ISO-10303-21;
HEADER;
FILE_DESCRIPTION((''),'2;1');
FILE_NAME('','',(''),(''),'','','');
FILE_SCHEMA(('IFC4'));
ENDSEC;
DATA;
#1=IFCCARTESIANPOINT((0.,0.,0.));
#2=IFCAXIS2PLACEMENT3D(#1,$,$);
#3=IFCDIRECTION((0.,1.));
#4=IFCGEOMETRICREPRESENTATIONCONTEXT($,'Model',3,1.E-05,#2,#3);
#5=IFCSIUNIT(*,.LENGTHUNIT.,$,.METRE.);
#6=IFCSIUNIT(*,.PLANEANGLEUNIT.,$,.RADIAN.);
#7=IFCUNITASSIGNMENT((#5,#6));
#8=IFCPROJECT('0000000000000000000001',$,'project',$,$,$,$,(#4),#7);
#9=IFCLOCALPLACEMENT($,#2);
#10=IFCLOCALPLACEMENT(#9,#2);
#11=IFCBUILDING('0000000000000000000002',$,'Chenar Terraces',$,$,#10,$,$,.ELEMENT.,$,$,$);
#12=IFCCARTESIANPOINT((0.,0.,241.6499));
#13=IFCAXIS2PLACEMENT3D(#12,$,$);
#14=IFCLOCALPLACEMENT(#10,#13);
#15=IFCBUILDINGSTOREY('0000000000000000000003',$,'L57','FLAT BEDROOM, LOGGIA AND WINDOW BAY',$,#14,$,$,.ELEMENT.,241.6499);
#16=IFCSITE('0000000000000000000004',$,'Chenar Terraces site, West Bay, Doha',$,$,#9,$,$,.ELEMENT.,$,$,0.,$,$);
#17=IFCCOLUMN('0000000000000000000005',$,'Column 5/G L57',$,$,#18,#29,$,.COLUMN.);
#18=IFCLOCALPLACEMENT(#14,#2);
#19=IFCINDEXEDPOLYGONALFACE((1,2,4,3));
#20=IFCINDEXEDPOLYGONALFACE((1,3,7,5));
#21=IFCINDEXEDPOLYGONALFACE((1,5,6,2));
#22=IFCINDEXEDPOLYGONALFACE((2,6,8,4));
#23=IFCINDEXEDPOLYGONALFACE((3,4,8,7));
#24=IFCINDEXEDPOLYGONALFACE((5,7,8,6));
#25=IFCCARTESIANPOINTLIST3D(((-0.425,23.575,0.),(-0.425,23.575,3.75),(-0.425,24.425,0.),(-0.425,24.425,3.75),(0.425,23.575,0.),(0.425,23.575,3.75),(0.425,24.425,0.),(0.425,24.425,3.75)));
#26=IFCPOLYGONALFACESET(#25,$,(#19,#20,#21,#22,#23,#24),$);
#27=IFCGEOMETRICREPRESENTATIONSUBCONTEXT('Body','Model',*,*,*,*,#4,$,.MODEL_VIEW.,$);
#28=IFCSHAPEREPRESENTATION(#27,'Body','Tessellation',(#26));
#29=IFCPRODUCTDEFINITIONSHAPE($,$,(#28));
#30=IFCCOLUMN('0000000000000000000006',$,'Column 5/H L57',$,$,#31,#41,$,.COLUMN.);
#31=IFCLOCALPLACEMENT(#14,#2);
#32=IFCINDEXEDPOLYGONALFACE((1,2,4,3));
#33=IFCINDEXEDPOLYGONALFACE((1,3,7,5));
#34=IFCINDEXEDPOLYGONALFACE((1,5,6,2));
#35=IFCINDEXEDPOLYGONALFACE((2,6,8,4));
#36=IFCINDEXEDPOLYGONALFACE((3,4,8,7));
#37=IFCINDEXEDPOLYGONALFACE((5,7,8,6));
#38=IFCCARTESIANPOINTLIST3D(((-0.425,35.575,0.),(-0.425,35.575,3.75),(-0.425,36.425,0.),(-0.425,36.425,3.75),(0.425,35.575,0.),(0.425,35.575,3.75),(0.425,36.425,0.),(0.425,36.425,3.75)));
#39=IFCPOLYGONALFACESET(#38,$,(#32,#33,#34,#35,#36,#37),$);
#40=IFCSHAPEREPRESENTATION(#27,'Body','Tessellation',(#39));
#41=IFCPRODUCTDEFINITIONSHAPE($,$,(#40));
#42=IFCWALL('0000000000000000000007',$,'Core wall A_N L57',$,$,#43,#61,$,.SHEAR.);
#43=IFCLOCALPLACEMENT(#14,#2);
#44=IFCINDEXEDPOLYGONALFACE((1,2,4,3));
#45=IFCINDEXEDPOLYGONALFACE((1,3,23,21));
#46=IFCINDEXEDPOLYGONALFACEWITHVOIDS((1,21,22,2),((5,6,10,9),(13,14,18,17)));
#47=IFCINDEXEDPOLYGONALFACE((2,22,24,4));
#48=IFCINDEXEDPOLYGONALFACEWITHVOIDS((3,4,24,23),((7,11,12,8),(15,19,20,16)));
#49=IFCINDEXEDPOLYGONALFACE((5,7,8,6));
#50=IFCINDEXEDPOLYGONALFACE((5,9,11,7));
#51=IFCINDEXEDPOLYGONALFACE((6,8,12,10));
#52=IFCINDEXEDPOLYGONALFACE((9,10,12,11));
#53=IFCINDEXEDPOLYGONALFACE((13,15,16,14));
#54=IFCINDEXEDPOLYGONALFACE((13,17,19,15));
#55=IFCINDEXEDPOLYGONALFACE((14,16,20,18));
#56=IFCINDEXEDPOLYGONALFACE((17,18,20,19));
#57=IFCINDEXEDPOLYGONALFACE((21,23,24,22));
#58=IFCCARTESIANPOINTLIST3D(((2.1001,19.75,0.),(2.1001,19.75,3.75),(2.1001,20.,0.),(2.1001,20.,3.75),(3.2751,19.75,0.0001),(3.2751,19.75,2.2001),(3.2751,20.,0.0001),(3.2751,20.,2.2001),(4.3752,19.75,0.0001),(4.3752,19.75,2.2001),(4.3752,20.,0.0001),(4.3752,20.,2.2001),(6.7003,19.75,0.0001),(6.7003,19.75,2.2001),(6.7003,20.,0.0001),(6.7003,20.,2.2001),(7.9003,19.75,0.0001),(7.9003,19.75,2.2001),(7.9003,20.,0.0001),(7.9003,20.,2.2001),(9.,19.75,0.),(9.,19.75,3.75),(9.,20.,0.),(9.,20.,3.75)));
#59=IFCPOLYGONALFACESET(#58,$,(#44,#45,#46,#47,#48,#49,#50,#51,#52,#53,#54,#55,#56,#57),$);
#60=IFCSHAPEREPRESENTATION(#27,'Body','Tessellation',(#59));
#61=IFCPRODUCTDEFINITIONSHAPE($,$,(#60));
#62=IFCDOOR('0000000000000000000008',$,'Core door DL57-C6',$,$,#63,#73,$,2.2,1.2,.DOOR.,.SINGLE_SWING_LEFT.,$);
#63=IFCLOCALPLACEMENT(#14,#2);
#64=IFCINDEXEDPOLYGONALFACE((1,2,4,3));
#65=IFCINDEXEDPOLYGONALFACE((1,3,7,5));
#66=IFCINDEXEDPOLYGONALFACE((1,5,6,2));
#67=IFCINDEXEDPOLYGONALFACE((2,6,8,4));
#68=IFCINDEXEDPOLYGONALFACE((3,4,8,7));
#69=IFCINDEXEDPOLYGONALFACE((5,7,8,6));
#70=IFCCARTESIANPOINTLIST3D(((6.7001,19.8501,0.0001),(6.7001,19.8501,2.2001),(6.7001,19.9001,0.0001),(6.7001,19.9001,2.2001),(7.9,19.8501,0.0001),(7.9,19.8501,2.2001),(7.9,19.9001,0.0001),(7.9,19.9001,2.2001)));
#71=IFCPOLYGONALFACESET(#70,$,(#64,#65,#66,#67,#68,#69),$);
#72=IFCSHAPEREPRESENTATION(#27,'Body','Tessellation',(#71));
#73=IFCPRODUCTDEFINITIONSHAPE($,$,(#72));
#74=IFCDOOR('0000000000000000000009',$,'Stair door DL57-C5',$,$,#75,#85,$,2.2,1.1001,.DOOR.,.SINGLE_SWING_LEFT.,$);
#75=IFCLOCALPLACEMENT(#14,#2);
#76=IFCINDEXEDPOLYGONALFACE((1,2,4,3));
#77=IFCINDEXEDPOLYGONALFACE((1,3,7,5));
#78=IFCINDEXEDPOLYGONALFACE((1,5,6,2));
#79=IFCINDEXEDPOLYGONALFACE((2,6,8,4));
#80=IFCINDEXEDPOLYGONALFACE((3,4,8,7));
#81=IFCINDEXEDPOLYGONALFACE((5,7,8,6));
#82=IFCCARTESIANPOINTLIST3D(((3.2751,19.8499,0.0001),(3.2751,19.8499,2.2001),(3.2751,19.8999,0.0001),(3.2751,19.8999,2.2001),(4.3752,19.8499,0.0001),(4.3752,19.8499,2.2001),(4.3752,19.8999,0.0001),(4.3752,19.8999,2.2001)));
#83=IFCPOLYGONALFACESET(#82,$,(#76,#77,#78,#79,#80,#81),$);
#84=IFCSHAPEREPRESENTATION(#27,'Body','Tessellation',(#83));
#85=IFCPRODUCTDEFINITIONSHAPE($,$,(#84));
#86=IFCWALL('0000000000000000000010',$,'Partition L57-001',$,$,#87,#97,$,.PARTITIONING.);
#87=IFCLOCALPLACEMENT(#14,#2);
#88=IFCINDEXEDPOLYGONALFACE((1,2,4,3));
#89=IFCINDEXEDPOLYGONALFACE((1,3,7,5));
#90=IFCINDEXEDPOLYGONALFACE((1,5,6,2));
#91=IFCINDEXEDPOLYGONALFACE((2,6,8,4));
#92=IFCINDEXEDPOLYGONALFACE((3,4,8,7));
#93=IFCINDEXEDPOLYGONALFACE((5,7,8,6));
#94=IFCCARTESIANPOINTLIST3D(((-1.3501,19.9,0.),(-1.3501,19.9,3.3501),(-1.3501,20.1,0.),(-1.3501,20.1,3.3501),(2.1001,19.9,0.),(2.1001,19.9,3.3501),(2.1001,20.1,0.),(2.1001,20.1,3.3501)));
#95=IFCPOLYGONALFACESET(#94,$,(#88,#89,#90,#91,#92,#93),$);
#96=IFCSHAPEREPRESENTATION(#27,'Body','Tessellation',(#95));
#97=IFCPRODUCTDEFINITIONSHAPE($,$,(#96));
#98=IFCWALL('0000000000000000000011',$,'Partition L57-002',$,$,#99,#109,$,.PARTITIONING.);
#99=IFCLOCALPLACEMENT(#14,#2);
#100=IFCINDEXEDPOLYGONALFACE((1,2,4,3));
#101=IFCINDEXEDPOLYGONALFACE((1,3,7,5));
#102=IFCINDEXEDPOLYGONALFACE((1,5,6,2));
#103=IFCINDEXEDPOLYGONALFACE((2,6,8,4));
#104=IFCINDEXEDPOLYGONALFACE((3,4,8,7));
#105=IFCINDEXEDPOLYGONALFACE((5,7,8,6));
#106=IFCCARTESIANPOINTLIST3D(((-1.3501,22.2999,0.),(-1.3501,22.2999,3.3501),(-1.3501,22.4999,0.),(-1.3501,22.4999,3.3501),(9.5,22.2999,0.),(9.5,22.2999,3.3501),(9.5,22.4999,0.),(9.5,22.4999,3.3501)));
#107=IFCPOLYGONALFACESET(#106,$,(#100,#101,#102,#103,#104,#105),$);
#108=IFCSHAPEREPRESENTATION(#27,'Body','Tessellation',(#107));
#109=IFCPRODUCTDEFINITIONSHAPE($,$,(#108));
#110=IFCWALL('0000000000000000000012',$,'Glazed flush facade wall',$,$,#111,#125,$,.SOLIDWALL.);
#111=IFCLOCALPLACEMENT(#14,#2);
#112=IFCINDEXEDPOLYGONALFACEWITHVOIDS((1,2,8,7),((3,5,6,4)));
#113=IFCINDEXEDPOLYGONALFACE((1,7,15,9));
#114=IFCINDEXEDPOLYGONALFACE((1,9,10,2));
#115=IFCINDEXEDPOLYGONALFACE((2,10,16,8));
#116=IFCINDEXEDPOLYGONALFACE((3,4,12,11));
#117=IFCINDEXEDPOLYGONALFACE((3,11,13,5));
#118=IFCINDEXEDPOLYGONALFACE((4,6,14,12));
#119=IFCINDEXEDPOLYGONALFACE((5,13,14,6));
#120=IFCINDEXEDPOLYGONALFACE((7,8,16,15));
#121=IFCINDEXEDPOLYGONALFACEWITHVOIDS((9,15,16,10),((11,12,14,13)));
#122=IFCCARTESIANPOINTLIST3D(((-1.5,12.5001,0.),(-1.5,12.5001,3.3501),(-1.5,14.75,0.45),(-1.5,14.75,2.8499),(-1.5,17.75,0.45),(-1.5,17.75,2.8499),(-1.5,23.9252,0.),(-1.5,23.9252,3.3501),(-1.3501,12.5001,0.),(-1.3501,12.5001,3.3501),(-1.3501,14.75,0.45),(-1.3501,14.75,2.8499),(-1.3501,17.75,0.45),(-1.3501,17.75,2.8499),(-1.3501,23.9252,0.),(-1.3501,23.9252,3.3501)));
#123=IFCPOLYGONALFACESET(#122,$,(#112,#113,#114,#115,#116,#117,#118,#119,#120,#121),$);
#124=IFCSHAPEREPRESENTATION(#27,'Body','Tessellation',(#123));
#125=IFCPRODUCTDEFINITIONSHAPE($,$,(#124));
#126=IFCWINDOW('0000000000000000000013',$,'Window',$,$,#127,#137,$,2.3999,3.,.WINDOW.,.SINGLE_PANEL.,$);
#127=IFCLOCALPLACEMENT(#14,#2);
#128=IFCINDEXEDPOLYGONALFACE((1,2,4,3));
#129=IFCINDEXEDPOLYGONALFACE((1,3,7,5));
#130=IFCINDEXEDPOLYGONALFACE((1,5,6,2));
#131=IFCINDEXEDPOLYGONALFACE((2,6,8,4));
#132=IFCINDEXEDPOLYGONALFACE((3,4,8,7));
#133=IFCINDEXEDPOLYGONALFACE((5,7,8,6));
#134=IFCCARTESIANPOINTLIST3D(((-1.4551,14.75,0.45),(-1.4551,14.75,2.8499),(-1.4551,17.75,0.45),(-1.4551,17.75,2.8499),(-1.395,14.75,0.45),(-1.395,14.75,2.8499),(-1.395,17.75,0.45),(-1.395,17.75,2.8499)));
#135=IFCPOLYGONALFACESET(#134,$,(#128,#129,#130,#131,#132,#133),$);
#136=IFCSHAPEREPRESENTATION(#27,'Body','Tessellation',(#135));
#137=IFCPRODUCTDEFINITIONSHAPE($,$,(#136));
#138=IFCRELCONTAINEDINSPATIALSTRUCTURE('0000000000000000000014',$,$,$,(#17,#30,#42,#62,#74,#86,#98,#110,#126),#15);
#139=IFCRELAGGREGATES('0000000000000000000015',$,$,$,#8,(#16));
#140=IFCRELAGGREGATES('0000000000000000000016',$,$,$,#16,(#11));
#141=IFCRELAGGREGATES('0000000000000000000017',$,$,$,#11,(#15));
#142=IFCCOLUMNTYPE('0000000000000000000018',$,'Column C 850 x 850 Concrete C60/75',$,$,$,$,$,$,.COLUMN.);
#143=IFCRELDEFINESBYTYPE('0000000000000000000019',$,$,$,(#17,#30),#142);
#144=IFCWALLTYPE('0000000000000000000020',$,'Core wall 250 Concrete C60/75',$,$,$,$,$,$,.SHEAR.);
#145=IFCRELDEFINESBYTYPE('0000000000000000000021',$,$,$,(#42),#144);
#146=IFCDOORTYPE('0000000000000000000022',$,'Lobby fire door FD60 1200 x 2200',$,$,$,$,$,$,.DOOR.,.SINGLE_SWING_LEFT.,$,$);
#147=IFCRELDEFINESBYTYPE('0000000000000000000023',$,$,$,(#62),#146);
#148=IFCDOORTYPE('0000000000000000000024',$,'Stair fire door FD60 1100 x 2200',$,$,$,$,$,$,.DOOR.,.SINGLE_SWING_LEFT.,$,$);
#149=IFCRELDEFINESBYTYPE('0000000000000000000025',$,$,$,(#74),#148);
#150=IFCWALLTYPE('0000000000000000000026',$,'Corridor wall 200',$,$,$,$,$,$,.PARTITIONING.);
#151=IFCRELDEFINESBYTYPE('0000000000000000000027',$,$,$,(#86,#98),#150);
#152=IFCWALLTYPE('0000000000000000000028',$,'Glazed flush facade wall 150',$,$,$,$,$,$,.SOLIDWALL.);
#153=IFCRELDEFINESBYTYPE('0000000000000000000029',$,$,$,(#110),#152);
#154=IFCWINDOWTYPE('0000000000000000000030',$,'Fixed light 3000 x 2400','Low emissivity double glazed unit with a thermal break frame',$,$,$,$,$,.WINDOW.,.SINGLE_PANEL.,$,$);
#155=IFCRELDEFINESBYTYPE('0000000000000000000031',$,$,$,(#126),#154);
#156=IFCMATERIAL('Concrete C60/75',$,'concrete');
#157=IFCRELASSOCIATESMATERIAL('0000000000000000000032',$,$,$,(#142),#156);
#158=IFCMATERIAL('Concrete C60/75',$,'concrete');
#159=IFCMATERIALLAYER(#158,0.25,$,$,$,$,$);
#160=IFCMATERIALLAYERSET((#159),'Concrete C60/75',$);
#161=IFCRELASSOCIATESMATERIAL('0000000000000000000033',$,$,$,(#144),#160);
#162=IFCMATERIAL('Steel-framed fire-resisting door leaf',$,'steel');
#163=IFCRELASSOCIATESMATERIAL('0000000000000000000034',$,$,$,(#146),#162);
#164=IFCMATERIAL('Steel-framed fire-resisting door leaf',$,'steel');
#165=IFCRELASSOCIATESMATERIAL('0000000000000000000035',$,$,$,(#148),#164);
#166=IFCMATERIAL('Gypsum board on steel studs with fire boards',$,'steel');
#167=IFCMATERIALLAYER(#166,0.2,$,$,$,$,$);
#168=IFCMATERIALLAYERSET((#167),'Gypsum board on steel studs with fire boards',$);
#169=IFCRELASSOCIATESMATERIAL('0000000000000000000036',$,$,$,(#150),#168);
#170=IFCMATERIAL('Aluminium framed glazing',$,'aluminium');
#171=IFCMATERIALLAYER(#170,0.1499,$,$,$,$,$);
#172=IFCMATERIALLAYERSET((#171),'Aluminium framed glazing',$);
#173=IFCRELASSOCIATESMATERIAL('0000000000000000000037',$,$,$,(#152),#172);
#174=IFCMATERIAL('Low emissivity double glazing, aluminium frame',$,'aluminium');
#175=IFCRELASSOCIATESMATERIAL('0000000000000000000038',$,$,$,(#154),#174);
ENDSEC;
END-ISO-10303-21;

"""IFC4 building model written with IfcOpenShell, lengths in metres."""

from ifc_helpers import new_model, si_unit, direction, frame, frame_2d, origin, origin_2d, place, context, subcontext, project, spatial, rectangle, extrude, material, layer, layer_set, material_profile, profile_set, type_object, element, fill, save


model = new_model("IFC4")

# Units and contexts
model_context = context("Model", 3, precision=1e-05, world=origin(), true_north=direction((0.0, 1.0)))
body_context = subcontext(model_context, "Body", "Model", "MODEL_VIEW")
ifc_project = project(units=[si_unit("LENGTHUNIT", "METRE"), si_unit("PLANEANGLEUNIT", "RADIAN")], contexts=[model_context])

# Site, building, storey
site_placement = place(None, origin())
site = spatial("IfcSite", under=ifc_project, at=site_placement, Name="Chenar Terraces site, West Bay, Doha", CompositionType="ELEMENT", RefElevation=0.0)
building_placement = place(site_placement, origin())
building = spatial("IfcBuilding", under=site, at=building_placement, Name="Chenar Terraces", CompositionType="ELEMENT")
storey_placement = place(building_placement, frame((0.0, 0.0, 241.6499)))
storey = spatial("IfcBuildingStorey", under=building, at=storey_placement, Name="L57", Description="FLAT BEDROOM, LOGGIA AND WINDOW BAY", CompositionType="ELEMENT", Elevation=241.6499)

# Columns
ifc_material_1 = material(Name="Concrete C60/75", Category="concrete")
ifc_material_profile = material_profile(ifc_material_1, rectangle(XDim=0.8501, YDim=0.8501, at=origin_2d()), Name="C 850 x 850")
ifc_profile_set = profile_set([ifc_material_profile], Name="Concrete C60/75")
column_type = type_object("IfcColumnType", Name="Column C 850 x 850 Concrete C60/75", PredefinedType="COLUMN", material=ifc_profile_set)
column_1_placement = place(storey_placement, frame((0.0, 24.0, 0.0), z_axis=(0.0, 0.0, 1.0), x_axis=(1.0, 0.0, 0.0)))
element("IfcColumn", 1, at=column_1_placement, inside=storey, type_object=column_type, Name="Column 5/G L57", PredefinedType="COLUMN", context=body_context, shape_type="SweptSolid", body=[
    extrude(rectangle(XDim=0.8501, YDim=0.8501, at=origin_2d()), origin(), (0.0, 0.0, 1.0), 3.75),
])
placement = place(storey_placement, frame((0.0, 36.0, 0.0), z_axis=(0.0, 0.0, 1.0), x_axis=(1.0, 0.0, 0.0)))
element("IfcColumn", 2, at=placement, inside=storey, type_object=column_type, Name="Column 5/H L57", PredefinedType="COLUMN", context=body_context, shape_type="SweptSolid", body=[
    extrude(rectangle(XDim=0.8501, YDim=0.8501, at=origin_2d()), origin(), (0.0, 0.0, 1.0), 3.75),
])

# Wall, openings, doors
ifc_material_2 = material(Name="Concrete C60/75", Category="concrete")
ifc_layer_1 = layer(ifc_material_2, 0.25)
ifc_layer_set_1 = layer_set([ifc_layer_1], Name="Concrete C60/75")
wall_type_1 = type_object("IfcWallType", Name="Core wall 250 Concrete C60/75", PredefinedType="SHEAR", material=ifc_layer_set_1)
wall_1_placement = place(storey_placement, frame((2.1001, 19.875, 0.0), z_axis=(0.0, 0.0, 1.0), x_axis=(1.0, 0.0, 0.0)))
wall_1 = element("IfcWall", 3, at=wall_1_placement, inside=storey, type_object=wall_type_1, Name="Core wall A_N L57", PredefinedType="SHEAR", context=body_context, shape_type="SweptSolid", body=[
    extrude(rectangle(XDim=6.8999, YDim=0.25, at=frame_2d((3.45, 0.0))), origin(), (0.0, 0.0, 1.0), 3.75),
])
opening_1_placement = place(wall_1_placement, frame((1.175, 0.0, 0.0)))
opening_1 = element("IfcOpeningElement", 4, at=opening_1_placement, cuts=wall_1, PredefinedType="OPENING", context=body_context, shape_type="SweptSolid", body=[
    extrude(rectangle(XDim=1.1001, YDim=2.2, at=frame_2d((0.55, 1.1001))), frame((0.0, 0.135, 0.0), z_axis=(0.0, -1.0, 0.0), x_axis=(1.0, 0.0, 0.0)), (0.0, 0.0, 1.0), 0.27),
])
opening_2_placement = place(wall_1_placement, frame((4.6001, 0.0, 0.0)))
opening_2 = element("IfcOpeningElement", 5, at=opening_2_placement, cuts=wall_1, PredefinedType="OPENING", context=body_context, shape_type="SweptSolid", body=[
    extrude(rectangle(XDim=1.2, YDim=2.2, at=frame_2d((0.6001, 1.1001))), frame((0.0, 0.135, 0.0), z_axis=(0.0, -1.0, 0.0), x_axis=(1.0, 0.0, 0.0)), (0.0, 0.0, 1.0), 0.27),
])
ifc_material_3 = material(Name="Steel-framed fire-resisting door leaf", Category="steel")
door_type_1 = type_object("IfcDoorType", Name="Lobby fire door FD60 1200 x 2200", OperationType="SINGLE_SWING_LEFT", PredefinedType="DOOR", material=ifc_material_3)
door_1_placement = place(opening_2_placement, frame((1.2, 0.0, 0.0), z_axis=(0.0, 0.0, 1.0), x_axis=(-1.0, 0.0, 0.0)))
door_1 = element("IfcDoor", 6, at=door_1_placement, inside=storey, type_object=door_type_1, Name="Core door DL57-C6", OperationType="SINGLE_SWING_LEFT", OverallHeight=2.2, OverallWidth=1.2, PredefinedType="DOOR", context=body_context, shape_type="SweptSolid", body=[
    extrude(rectangle(XDim=1.2, YDim=2.2, at=frame_2d((0.6001, 1.1001))), frame((0.0, 0.0249, 0.0), z_axis=(0.0, -1.0, 0.0), x_axis=(1.0, 0.0, 0.0)), (0.0, 0.0, 1.0), 0.05),
])
fill(opening_2, door_1)
ifc_material_4 = material(Name="Steel-framed fire-resisting door leaf", Category="steel")
door_type_2 = type_object("IfcDoorType", Name="Stair fire door FD60 1100 x 2200", OperationType="SINGLE_SWING_LEFT", PredefinedType="DOOR", material=ifc_material_4)
door_2_placement = place(opening_1_placement, origin())
door_2 = element("IfcDoor", 7, at=door_2_placement, inside=storey, type_object=door_type_2, Name="Stair door DL57-C5", OperationType="SINGLE_SWING_LEFT", OverallHeight=2.2, OverallWidth=1.1001, PredefinedType="DOOR", context=body_context, shape_type="SweptSolid", body=[
    extrude(rectangle(XDim=1.1001, YDim=2.2, at=frame_2d((0.55, 1.1001))), frame((0.0, 0.0249, 0.0), z_axis=(0.0, -1.0, 0.0), x_axis=(1.0, 0.0, 0.0)), (0.0, 0.0, 1.0), 0.05),
])
fill(opening_1, door_2)

# Walls
ifc_material_5 = material(Name="Gypsum board on steel studs with fire boards", Category="steel")
ifc_layer_2 = layer(ifc_material_5, 0.2)
ifc_layer_set_2 = layer_set([ifc_layer_2], Name="Gypsum board on steel studs with fire boards")
wall_type_2 = type_object("IfcWallType", Name="Corridor wall 200", PredefinedType="PARTITIONING", material=ifc_layer_set_2)
wall_2_placement = place(storey_placement, frame((-1.3501, 20.0, 0.0), z_axis=(0.0, 0.0, 1.0), x_axis=(1.0, 0.0, 0.0)))
element("IfcWall", 8, at=wall_2_placement, inside=storey, type_object=wall_type_2, Name="Partition L57-001", PredefinedType="PARTITIONING", context=body_context, shape_type="SweptSolid", body=[
    extrude(rectangle(XDim=3.4502, YDim=0.2, at=frame_2d((1.7251, 0.0))), origin(), (0.0, 0.0, 1.0), 3.3501),
])
wall_3_placement = place(storey_placement, frame((-1.3501, 22.3999, 0.0), z_axis=(0.0, 0.0, 1.0), x_axis=(1.0, 0.0, 0.0)))
element("IfcWall", 9, at=wall_3_placement, inside=storey, type_object=wall_type_2, Name="Partition L57-002", PredefinedType="PARTITIONING", context=body_context, shape_type="SweptSolid", body=[
    extrude(rectangle(XDim=10.8501, YDim=0.2, at=frame_2d((5.425, 0.0))), origin(), (0.0, 0.0, 1.0), 3.3501),
])

# Wall, opening, window
ifc_material_6 = material(Name="Aluminium framed glazing", Category="aluminium")
ifc_layer_3 = layer(ifc_material_6, 0.1499)
ifc_layer_set_3 = layer_set([ifc_layer_3], Name="Aluminium framed glazing")
wall_type_3 = type_object("IfcWallType", Name="Glazed flush facade wall 150", PredefinedType="SOLIDWALL", material=ifc_layer_set_3)
wall_4_placement = place(storey_placement, frame((-1.425, 23.925, 0.0), z_axis=(0.0, 0.0, 1.0), x_axis=(0.0, -1.0, 0.0)))
wall_4 = element("IfcWall", 10, at=wall_4_placement, inside=storey, type_object=wall_type_3, Name="Glazed flush facade wall", PredefinedType="SOLIDWALL", context=body_context, shape_type="SweptSolid", body=[
    extrude(rectangle(XDim=11.425, YDim=0.1499, at=frame_2d((5.7124, 0.0))), origin(), (0.0, 0.0, 1.0), 3.3501),
])
opening_3_placement = place(wall_4_placement, frame((6.175, 0.0, 0.45)))
opening_3 = element("IfcOpeningElement", 11, at=opening_3_placement, cuts=wall_4, PredefinedType="OPENING", context=body_context, shape_type="SweptSolid", body=[
    extrude(rectangle(XDim=3.0, YDim=2.3999, at=frame_2d((1.5, 1.2))), frame((0.0, 0.085, 0.0), z_axis=(0.0, -1.0, 0.0), x_axis=(1.0, 0.0, 0.0)), (0.0, 0.0, 1.0), 0.1699),
])
ifc_material_7 = material(Name="Low emissivity double glazing, aluminium frame", Category="aluminium")
window_type_1 = type_object("IfcWindowType", Name="Fixed light 3000 x 2400", Description="Low emissivity double glazed unit with a thermal break frame", PartitioningType="SINGLE_PANEL", PredefinedType="WINDOW", material=ifc_material_7)
window_1_placement = place(opening_3_placement, origin())
window_1 = element("IfcWindow", 12, at=window_1_placement, inside=storey, type_object=window_type_1, Name="Window", OverallHeight=2.3999, OverallWidth=3.0, PartitioningType="SINGLE_PANEL", PredefinedType="WINDOW", context=body_context, shape_type="SweptSolid", body=[
    extrude(rectangle(XDim=3.0, YDim=2.3999, at=frame_2d((1.5, 1.2))), frame((0.0, 0.03, 0.0), z_axis=(0.0, -1.0, 0.0), x_axis=(1.0, 0.0, 0.0)), (0.0, 0.0, 1.0), 0.0601),
])
fill(opening_3, window_1)

save(model, "model.ifc")
